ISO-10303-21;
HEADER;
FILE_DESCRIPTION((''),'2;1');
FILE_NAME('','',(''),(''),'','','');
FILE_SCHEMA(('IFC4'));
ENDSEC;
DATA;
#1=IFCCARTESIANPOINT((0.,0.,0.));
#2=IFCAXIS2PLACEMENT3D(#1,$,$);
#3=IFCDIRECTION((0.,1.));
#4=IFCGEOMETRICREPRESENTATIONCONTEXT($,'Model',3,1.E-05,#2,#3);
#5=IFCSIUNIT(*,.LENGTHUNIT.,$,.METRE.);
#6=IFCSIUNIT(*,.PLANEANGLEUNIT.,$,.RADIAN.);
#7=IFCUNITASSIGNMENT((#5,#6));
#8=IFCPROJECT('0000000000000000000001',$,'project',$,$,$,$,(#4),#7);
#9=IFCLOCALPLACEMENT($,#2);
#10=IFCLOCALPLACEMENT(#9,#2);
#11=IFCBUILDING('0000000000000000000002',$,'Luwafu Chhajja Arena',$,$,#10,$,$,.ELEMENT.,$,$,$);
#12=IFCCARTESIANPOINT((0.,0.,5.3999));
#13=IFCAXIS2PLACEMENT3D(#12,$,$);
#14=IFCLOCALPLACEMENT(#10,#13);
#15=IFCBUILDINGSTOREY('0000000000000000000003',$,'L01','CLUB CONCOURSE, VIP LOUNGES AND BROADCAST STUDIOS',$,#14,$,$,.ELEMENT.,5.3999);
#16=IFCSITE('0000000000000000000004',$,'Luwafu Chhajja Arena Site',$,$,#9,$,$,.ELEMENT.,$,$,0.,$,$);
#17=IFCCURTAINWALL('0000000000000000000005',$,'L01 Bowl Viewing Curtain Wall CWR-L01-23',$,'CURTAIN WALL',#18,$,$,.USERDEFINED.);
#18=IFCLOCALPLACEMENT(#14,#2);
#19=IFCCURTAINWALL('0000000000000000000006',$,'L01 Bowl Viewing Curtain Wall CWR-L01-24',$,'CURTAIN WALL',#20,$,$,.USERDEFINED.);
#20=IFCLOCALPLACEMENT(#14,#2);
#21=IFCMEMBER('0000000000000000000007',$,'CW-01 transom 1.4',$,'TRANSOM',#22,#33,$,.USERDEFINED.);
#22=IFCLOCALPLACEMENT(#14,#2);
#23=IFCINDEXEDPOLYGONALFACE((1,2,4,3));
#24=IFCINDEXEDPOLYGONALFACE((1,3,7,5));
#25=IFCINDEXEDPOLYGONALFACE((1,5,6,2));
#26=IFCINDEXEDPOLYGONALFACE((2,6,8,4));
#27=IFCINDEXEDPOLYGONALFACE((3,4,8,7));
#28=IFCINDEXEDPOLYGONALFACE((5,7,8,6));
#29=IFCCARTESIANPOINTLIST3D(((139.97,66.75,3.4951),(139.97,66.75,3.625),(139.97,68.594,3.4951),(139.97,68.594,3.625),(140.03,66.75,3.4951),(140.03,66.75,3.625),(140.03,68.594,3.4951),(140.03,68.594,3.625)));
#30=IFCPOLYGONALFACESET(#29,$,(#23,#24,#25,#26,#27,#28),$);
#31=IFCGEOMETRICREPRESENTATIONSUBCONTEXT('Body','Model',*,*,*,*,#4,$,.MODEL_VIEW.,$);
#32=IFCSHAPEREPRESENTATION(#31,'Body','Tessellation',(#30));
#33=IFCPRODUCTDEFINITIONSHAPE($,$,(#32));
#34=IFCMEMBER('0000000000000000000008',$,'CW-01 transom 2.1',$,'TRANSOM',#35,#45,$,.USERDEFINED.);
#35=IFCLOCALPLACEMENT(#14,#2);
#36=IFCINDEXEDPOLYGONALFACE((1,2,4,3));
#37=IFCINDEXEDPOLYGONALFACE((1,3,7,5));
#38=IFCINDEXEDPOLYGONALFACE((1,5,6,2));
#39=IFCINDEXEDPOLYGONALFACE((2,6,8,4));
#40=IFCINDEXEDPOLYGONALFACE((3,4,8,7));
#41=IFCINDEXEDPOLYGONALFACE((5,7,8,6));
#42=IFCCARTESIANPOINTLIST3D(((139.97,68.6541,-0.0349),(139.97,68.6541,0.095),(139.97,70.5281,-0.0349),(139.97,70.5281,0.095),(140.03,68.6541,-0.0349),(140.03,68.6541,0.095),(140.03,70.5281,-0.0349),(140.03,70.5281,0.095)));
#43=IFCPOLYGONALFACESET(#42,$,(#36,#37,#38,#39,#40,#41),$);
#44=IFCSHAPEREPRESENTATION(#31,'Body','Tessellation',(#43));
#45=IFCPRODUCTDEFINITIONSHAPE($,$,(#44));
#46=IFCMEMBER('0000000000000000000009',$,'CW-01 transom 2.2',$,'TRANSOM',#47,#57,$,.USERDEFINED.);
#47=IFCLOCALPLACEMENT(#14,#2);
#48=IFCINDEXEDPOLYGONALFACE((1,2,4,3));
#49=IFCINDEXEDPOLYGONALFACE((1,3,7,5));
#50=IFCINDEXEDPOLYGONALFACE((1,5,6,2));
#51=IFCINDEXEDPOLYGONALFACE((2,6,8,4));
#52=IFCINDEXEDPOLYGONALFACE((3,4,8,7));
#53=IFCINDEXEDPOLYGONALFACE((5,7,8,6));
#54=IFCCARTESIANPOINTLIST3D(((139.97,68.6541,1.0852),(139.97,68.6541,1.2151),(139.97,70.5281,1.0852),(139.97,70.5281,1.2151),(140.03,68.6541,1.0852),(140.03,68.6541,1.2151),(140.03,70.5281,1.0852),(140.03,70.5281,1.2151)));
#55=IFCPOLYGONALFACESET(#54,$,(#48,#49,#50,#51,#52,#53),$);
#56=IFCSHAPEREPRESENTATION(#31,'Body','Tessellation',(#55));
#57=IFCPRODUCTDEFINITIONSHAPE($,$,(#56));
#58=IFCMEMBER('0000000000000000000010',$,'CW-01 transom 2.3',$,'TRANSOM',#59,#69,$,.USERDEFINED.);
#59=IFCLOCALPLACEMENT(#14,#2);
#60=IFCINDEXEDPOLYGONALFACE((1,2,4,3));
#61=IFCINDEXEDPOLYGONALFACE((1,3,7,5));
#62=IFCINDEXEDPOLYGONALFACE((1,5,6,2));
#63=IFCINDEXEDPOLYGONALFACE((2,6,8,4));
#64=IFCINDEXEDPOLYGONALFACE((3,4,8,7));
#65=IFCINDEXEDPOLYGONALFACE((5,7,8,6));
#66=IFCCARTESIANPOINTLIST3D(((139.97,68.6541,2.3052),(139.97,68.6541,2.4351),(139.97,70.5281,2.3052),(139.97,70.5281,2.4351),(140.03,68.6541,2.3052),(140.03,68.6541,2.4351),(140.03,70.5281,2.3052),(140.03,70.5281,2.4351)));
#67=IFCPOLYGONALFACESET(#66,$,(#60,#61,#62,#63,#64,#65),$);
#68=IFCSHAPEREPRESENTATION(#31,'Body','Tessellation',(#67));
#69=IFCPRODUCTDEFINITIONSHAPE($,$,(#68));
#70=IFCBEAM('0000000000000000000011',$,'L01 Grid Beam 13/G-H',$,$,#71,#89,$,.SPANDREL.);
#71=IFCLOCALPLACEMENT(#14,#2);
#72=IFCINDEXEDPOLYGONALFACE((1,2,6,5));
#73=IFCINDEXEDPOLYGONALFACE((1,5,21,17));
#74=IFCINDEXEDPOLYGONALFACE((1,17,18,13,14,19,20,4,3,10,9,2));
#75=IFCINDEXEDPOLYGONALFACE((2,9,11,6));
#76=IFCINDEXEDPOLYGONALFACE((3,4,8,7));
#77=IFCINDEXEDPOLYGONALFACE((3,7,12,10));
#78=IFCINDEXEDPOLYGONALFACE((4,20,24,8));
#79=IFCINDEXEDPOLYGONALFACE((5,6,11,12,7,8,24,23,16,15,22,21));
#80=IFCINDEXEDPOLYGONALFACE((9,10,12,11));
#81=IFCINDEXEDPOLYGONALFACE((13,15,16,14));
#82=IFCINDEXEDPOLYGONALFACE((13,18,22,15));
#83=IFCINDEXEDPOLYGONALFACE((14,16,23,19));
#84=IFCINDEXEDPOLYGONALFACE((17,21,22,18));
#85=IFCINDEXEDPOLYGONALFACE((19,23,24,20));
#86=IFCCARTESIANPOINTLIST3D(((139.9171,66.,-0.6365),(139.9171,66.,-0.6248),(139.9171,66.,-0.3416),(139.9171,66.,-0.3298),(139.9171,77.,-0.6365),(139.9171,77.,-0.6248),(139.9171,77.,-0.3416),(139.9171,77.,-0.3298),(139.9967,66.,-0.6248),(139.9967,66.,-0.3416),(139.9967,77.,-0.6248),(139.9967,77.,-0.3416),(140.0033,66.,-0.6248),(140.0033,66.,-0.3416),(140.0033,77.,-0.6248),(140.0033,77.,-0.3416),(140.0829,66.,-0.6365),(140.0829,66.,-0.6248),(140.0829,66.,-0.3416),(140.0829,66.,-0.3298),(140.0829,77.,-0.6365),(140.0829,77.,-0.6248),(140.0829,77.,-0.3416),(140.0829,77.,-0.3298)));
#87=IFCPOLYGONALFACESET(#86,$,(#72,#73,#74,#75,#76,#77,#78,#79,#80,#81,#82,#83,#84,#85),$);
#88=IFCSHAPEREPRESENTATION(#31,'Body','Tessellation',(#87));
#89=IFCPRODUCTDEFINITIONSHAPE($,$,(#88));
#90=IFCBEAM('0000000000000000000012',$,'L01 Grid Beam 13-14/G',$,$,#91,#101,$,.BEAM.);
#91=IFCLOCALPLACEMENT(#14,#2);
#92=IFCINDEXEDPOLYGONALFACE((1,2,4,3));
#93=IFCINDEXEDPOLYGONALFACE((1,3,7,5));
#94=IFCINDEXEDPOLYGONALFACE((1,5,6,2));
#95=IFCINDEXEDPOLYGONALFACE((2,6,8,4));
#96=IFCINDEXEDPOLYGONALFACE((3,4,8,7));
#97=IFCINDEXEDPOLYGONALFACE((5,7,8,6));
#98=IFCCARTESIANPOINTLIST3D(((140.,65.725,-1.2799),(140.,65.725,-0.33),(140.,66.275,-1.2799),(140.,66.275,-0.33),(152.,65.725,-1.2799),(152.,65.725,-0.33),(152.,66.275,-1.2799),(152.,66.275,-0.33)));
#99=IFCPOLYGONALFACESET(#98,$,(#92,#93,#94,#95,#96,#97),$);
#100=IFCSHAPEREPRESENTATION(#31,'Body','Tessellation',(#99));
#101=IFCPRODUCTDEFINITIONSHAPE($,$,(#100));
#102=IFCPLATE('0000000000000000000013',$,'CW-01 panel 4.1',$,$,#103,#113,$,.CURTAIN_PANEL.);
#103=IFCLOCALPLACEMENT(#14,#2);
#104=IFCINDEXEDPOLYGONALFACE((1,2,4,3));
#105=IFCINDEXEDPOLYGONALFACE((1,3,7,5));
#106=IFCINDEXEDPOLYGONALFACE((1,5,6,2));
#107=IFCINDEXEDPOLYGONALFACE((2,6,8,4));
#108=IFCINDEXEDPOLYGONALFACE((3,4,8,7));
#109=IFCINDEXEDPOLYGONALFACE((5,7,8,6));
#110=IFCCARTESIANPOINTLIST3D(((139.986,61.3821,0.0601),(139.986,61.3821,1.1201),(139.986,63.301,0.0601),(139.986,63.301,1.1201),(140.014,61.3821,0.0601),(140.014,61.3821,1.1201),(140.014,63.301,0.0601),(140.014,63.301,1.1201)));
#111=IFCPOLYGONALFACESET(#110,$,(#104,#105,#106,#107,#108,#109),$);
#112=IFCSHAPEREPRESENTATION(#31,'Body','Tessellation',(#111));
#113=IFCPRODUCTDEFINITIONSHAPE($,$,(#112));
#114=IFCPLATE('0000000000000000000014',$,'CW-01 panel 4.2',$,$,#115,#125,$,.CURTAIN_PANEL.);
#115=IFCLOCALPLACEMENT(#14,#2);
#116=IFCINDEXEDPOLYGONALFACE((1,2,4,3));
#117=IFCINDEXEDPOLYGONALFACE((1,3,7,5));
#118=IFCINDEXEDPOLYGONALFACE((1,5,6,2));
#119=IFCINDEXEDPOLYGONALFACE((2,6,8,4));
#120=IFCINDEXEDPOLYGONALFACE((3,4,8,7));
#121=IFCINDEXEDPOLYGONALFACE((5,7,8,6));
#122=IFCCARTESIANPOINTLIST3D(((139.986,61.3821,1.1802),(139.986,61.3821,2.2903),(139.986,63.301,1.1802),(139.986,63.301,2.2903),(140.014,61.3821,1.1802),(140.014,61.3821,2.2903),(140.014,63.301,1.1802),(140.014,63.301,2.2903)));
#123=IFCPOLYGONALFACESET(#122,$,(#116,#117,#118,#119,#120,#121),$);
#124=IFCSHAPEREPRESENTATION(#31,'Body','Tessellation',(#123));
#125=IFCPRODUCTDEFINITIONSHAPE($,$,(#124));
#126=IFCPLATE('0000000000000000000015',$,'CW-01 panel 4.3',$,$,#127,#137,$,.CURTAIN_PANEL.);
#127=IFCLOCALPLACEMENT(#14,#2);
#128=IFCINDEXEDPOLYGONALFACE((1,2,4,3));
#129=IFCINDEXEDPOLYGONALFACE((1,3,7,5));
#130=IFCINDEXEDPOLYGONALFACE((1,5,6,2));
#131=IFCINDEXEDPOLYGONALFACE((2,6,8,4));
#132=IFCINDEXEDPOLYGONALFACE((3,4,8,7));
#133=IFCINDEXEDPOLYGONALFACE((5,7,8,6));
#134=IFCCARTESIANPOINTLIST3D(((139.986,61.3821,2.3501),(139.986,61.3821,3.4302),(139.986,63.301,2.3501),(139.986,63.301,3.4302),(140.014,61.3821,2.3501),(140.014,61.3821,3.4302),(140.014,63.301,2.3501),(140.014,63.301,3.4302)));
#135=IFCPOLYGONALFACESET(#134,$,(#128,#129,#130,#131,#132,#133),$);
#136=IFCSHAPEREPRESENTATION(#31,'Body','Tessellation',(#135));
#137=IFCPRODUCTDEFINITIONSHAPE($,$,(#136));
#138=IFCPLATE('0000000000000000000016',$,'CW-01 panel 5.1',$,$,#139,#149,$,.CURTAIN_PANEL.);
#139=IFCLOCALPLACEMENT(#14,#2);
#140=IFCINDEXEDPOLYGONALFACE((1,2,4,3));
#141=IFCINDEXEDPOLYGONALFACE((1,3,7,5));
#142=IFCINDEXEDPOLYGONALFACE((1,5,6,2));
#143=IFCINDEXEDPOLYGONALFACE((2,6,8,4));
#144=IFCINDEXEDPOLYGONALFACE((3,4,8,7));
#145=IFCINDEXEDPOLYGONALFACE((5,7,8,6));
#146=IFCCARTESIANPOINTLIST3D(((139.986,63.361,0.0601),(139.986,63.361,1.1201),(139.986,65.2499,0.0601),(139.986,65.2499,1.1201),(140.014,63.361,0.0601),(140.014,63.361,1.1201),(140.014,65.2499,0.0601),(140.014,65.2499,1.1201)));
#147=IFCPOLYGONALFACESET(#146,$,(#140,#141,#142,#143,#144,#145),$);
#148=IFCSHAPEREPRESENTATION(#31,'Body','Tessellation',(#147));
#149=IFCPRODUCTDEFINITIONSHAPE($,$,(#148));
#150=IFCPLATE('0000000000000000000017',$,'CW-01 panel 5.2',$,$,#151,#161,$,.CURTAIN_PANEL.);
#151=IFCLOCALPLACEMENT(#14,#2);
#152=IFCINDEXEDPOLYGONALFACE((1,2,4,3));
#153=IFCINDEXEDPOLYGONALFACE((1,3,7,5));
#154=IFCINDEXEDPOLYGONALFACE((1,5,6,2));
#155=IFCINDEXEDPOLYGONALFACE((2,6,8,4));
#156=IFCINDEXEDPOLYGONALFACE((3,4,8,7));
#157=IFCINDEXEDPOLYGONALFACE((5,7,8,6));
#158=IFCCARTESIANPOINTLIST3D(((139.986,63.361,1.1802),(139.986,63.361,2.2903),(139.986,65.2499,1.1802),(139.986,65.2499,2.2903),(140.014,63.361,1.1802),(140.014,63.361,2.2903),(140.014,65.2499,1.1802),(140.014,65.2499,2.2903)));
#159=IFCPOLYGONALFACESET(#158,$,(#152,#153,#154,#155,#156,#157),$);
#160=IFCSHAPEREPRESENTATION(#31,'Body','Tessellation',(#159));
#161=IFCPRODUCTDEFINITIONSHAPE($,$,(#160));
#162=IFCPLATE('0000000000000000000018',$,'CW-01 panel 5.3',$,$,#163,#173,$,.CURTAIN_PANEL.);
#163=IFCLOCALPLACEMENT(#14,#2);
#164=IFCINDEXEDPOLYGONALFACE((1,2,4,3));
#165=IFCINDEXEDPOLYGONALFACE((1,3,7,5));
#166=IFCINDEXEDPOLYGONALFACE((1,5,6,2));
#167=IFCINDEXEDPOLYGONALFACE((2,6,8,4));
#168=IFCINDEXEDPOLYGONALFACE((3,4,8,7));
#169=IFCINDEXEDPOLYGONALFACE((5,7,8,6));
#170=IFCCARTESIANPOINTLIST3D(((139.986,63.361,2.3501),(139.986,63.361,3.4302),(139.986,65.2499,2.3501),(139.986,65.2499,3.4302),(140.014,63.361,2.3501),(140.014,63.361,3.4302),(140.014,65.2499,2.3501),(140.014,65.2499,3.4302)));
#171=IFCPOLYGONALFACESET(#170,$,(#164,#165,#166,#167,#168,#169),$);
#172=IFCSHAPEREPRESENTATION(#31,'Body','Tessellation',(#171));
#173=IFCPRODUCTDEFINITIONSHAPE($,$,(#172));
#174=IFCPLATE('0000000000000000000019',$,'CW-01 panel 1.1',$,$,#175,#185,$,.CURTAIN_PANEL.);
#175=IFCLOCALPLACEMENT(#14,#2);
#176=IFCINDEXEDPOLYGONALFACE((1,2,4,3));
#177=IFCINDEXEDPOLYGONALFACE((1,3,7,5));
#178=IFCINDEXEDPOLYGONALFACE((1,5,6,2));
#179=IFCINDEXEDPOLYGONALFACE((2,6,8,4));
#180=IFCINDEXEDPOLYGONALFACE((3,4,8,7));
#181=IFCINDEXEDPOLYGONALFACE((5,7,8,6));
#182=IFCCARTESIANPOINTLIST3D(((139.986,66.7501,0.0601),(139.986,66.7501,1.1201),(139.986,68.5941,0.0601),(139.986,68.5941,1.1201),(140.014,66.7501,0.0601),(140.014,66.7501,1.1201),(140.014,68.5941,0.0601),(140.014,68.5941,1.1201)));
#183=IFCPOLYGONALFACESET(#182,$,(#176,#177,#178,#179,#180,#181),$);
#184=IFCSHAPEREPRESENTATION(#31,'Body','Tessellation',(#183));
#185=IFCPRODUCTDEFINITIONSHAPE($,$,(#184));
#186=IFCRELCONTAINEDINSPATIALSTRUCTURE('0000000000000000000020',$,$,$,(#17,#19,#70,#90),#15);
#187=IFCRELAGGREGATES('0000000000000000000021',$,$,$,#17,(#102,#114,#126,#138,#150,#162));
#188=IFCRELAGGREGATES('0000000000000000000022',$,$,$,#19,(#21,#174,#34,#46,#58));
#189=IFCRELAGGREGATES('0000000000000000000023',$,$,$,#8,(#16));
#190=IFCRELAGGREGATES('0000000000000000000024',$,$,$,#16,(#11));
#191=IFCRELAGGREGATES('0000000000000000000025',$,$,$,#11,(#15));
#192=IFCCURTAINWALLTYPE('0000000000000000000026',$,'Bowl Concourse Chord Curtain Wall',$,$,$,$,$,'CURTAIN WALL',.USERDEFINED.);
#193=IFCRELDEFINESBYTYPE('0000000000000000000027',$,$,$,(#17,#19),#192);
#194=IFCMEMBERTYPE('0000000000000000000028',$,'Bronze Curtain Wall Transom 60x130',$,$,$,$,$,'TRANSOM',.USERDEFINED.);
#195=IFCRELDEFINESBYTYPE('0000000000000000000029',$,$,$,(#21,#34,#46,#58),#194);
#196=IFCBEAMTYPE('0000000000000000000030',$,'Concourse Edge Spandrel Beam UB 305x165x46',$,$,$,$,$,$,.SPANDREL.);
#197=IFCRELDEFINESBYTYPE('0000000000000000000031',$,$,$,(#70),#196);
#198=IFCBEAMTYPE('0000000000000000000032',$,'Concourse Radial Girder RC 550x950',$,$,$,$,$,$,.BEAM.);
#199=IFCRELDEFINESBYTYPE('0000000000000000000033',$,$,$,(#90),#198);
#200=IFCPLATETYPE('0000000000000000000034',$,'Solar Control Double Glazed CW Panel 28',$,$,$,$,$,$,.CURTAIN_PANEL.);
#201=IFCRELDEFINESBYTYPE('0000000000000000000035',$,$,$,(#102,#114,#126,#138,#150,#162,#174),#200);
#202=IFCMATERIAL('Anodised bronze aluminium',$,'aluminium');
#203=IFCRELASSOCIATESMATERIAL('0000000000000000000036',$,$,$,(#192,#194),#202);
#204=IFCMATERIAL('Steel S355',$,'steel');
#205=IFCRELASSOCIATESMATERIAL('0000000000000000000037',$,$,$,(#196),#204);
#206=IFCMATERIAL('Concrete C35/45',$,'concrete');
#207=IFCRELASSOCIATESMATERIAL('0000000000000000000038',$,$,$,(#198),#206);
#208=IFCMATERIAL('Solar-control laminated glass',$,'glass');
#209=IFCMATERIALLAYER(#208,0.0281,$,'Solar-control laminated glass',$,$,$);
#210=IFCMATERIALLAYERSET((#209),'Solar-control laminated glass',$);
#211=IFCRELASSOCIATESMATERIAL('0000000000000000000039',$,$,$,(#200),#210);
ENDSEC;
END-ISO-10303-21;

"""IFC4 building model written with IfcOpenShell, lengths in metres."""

from ifc_helpers import new_model, si_unit, direction, frame, origin, origin_2d, place, context, subcontext, project, spatial, rectangle, i_section, extrude, material, layer, layer_set, material_profile, profile_set, type_object, element, aggregate, save


model = new_model("IFC4")

# Units and contexts
model_context = context("Model", 3, precision=1e-05, world=origin(), true_north=direction((0.0, 1.0)))
body_context = subcontext(model_context, "Body", "Model", "MODEL_VIEW")
ifc_project = project(units=[si_unit("LENGTHUNIT", "METRE"), si_unit("PLANEANGLEUNIT", "RADIAN")], contexts=[model_context])

# Site, building, storey
site_placement = place(None, origin())
site = spatial("IfcSite", under=ifc_project, at=site_placement, Name="Luwafu Chhajja Arena Site", CompositionType="ELEMENT", RefElevation=0.0)
building_placement = place(site_placement, origin())
building = spatial("IfcBuilding", under=site, at=building_placement, Name="Luwafu Chhajja Arena", CompositionType="ELEMENT")
storey_placement = place(building_placement, frame((0.0, 0.0, 5.3999)))
storey = spatial("IfcBuildingStorey", under=building, at=storey_placement, Name="L01", Description="CLUB CONCOURSE, VIP LOUNGES AND BROADCAST STUDIOS", CompositionType="ELEMENT", Elevation=5.3999)

# Curtain walls
ifc_material_1 = material(Name="Anodised bronze aluminium", Category="aluminium")
curtain_wall_type = type_object("IfcCurtainWallType", Name="Bowl Concourse Chord Curtain Wall", ElementType="CURTAIN WALL", PredefinedType="USERDEFINED", material=ifc_material_1)
curtain_wall_1_placement = place(storey_placement, origin())
curtain_wall_1 = element("IfcCurtainWall", 1, at=curtain_wall_1_placement, inside=storey, type_object=curtain_wall_type, Name="L01 Bowl Viewing Curtain Wall CWR-L01-23", ObjectType="CURTAIN WALL", PredefinedType="USERDEFINED")
curtain_wall_2_placement = place(storey_placement, origin())
curtain_wall_2 = element("IfcCurtainWall", 2, at=curtain_wall_2_placement, inside=storey, type_object=curtain_wall_type, Name="L01 Bowl Viewing Curtain Wall CWR-L01-24", ObjectType="CURTAIN WALL", PredefinedType="USERDEFINED")

# Members
ifc_material_profile_1 = material_profile(ifc_material_1, rectangle(XDim=0.0601, YDim=0.1299, at=origin_2d()), Name="CWT 60x130")
ifc_profile_set_1 = profile_set([ifc_material_profile_1], Name="Anodised bronze aluminium")
member_type_1 = type_object("IfcMemberType", Name="Bronze Curtain Wall Transom 60x130", ElementType="TRANSOM", PredefinedType="USERDEFINED", material=ifc_profile_set_1)
member_1_placement = place(storey_placement, frame((140.0, 66.75, 3.5601), z_axis=(0.0, 1.0, 0.0), x_axis=(-1.0, 0.0, 0.0)))
member_1 = element("IfcMember", 3, at=member_1_placement, type_object=member_type_1, Name="CW-01 transom 1.4", ObjectType="TRANSOM", PredefinedType="USERDEFINED", context=body_context, shape_type="SweptSolid", body=[
    extrude(rectangle(XDim=0.0601, YDim=0.1299, at=origin_2d()), origin(), (0.0, 0.0, 1.0), 1.844),
])
member_2_placement = place(storey_placement, frame((140.0, 68.6541, 0.03), z_axis=(0.0, 1.0, 0.0), x_axis=(-1.0, 0.0, 0.0)))
member_2 = element("IfcMember", 4, at=member_2_placement, type_object=member_type_1, Name="CW-01 transom 2.1", ObjectType="TRANSOM", PredefinedType="USERDEFINED", context=body_context, shape_type="SweptSolid", body=[
    extrude(rectangle(XDim=0.0601, YDim=0.1299, at=origin_2d()), origin(), (0.0, 0.0, 1.0), 1.874),
])
member_3_placement = place(storey_placement, frame((140.0, 68.6541, 1.1501), z_axis=(0.0, 1.0, 0.0), x_axis=(-1.0, 0.0, 0.0)))
member_3 = element("IfcMember", 5, at=member_3_placement, type_object=member_type_1, Name="CW-01 transom 2.2", ObjectType="TRANSOM", PredefinedType="USERDEFINED", context=body_context, shape_type="SweptSolid", body=[
    extrude(rectangle(XDim=0.0601, YDim=0.1299, at=origin_2d()), origin(), (0.0, 0.0, 1.0), 1.874),
])
member_4_placement = place(storey_placement, frame((140.0, 68.6541, 2.3701), z_axis=(0.0, 1.0, 0.0), x_axis=(-1.0, 0.0, 0.0)))
member_4 = element("IfcMember", 6, at=member_4_placement, type_object=member_type_1, Name="CW-01 transom 2.3", ObjectType="TRANSOM", PredefinedType="USERDEFINED", context=body_context, shape_type="SweptSolid", body=[
    extrude(rectangle(XDim=0.0601, YDim=0.1299, at=origin_2d()), origin(), (0.0, 0.0, 1.0), 1.874),
])

# Beams
ifc_material_2 = material(Name="Steel S355", Category="steel")
ifc_material_profile_2 = material_profile(ifc_material_2, i_section(OverallWidth=0.1658, OverallDepth=0.3066, WebThickness=0.0066, FlangeThickness=0.0117, at=origin_2d()), Name="UB 305x165x46")
ifc_profile_set_2 = profile_set([ifc_material_profile_2], Name="Steel S355")
beam_type_1 = type_object("IfcBeamType", Name="Concourse Edge Spandrel Beam UB 305x165x46", PredefinedType="SPANDREL", material=ifc_profile_set_2)
beam_1_placement = place(storey_placement, frame((140.0, 66.0, -0.4832), z_axis=(0.0, 1.0, 0.0), x_axis=(-1.0, 0.0, 0.0)))
element("IfcBeam", 7, at=beam_1_placement, inside=storey, type_object=beam_type_1, Name="L01 Grid Beam 13/G-H", PredefinedType="SPANDREL", context=body_context, shape_type="SweptSolid", body=[
    extrude(i_section(OverallWidth=0.1658, OverallDepth=0.3066, WebThickness=0.0066, FlangeThickness=0.0117, at=origin_2d()), origin(), (0.0, 0.0, 1.0), 11.0),
])
ifc_material_3 = material(Name="Concrete C35/45", Category="concrete")
ifc_material_profile_3 = material_profile(ifc_material_3, rectangle(XDim=0.55, YDim=0.95, at=origin_2d()), Name="RC 550x950")
ifc_profile_set_3 = profile_set([ifc_material_profile_3], Name="Concrete C35/45")
beam_type_2 = type_object("IfcBeamType", Name="Concourse Radial Girder RC 550x950", PredefinedType="BEAM", material=ifc_profile_set_3)
beam_2_placement = place(storey_placement, frame((140.0, 66.0, -0.8049), z_axis=(1.0, 0.0, 0.0), x_axis=(0.0, 1.0, 0.0)))
element("IfcBeam", 8, at=beam_2_placement, inside=storey, type_object=beam_type_2, Name="L01 Grid Beam 13-14/G", PredefinedType="BEAM", context=body_context, shape_type="SweptSolid", body=[
    extrude(rectangle(XDim=0.55, YDim=0.95, at=origin_2d()), origin(), (0.0, 0.0, 1.0), 12.0),
])

# Plates
ifc_material_4 = material(Name="Solar-control laminated glass", Category="glass")
ifc_layer = layer(ifc_material_4, 0.0281, Name="Solar-control laminated glass")
ifc_layer_set = layer_set([ifc_layer], Name="Solar-control laminated glass")
plate_type = type_object("IfcPlateType", Name="Solar Control Double Glazed CW Panel 28", PredefinedType="CURTAIN_PANEL", material=ifc_layer_set)
plate_1_placement = place(storey_placement, frame((140.0, 62.3416, 0.0601), z_axis=(0.0, 0.0, 1.0), x_axis=(0.0, 1.0, 0.0)))
plate_1 = element("IfcPlate", 9, at=plate_1_placement, type_object=plate_type, Name="CW-01 panel 4.1", PredefinedType="CURTAIN_PANEL", context=body_context, shape_type="SweptSolid", body=[
    extrude(rectangle(XDim=1.9189, YDim=0.0281, at=origin_2d()), origin(), (0.0, 0.0, 1.0), 1.0601),
])
plate_2_placement = place(storey_placement, frame((140.0, 62.3416, 1.1802), z_axis=(0.0, 0.0, 1.0), x_axis=(0.0, 1.0, 0.0)))
plate_2 = element("IfcPlate", 10, at=plate_2_placement, type_object=plate_type, Name="CW-01 panel 4.2", PredefinedType="CURTAIN_PANEL", context=body_context, shape_type="SweptSolid", body=[
    extrude(rectangle(XDim=1.9189, YDim=0.0281, at=origin_2d()), origin(), (0.0, 0.0, 1.0), 1.1101),
])
plate_3_placement = place(storey_placement, frame((140.0, 62.3416, 2.3501), z_axis=(0.0, 0.0, 1.0), x_axis=(0.0, 1.0, 0.0)))
plate_3 = element("IfcPlate", 11, at=plate_3_placement, type_object=plate_type, Name="CW-01 panel 4.3", PredefinedType="CURTAIN_PANEL", context=body_context, shape_type="SweptSolid", body=[
    extrude(rectangle(XDim=1.9189, YDim=0.0281, at=origin_2d()), origin(), (0.0, 0.0, 1.0), 1.0801),
])
plate_4_placement = place(storey_placement, frame((140.0, 64.3054, 0.0601), z_axis=(0.0, 0.0, 1.0), x_axis=(0.0, 1.0, 0.0)))
plate_4 = element("IfcPlate", 12, at=plate_4_placement, type_object=plate_type, Name="CW-01 panel 5.1", PredefinedType="CURTAIN_PANEL", context=body_context, shape_type="SweptSolid", body=[
    extrude(rectangle(XDim=1.8889, YDim=0.0281, at=origin_2d()), origin(), (0.0, 0.0, 1.0), 1.0601),
])
plate_5_placement = place(storey_placement, frame((140.0, 64.3054, 1.1802), z_axis=(0.0, 0.0, 1.0), x_axis=(0.0, 1.0, 0.0)))
plate_5 = element("IfcPlate", 13, at=plate_5_placement, type_object=plate_type, Name="CW-01 panel 5.2", PredefinedType="CURTAIN_PANEL", context=body_context, shape_type="SweptSolid", body=[
    extrude(rectangle(XDim=1.8889, YDim=0.0281, at=origin_2d()), origin(), (0.0, 0.0, 1.0), 1.1101),
])
plate_6_placement = place(storey_placement, frame((140.0, 64.3054, 2.3501), z_axis=(0.0, 0.0, 1.0), x_axis=(0.0, 1.0, 0.0)))
plate_6 = element("IfcPlate", 14, at=plate_6_placement, type_object=plate_type, Name="CW-01 panel 5.3", PredefinedType="CURTAIN_PANEL", context=body_context, shape_type="SweptSolid", body=[
    extrude(rectangle(XDim=1.8889, YDim=0.0281, at=origin_2d()), origin(), (0.0, 0.0, 1.0), 1.0801),
])
aggregate(curtain_wall_1, [plate_1, plate_2, plate_3, plate_4, plate_5, plate_6])
plate_7_placement = place(storey_placement, frame((140.0, 67.6721, 0.0601), z_axis=(0.0, 0.0, 1.0), x_axis=(0.0, 1.0, 0.0)))
plate_7 = element("IfcPlate", 15, at=plate_7_placement, type_object=plate_type, Name="CW-01 panel 1.1", PredefinedType="CURTAIN_PANEL", context=body_context, shape_type="SweptSolid", body=[
    extrude(rectangle(XDim=1.844, YDim=0.0281, at=origin_2d()), origin(), (0.0, 0.0, 1.0), 1.0601),
])
aggregate(curtain_wall_2, [member_1, plate_7, member_2, member_3, member_4])

save(model, "model.ifc")
